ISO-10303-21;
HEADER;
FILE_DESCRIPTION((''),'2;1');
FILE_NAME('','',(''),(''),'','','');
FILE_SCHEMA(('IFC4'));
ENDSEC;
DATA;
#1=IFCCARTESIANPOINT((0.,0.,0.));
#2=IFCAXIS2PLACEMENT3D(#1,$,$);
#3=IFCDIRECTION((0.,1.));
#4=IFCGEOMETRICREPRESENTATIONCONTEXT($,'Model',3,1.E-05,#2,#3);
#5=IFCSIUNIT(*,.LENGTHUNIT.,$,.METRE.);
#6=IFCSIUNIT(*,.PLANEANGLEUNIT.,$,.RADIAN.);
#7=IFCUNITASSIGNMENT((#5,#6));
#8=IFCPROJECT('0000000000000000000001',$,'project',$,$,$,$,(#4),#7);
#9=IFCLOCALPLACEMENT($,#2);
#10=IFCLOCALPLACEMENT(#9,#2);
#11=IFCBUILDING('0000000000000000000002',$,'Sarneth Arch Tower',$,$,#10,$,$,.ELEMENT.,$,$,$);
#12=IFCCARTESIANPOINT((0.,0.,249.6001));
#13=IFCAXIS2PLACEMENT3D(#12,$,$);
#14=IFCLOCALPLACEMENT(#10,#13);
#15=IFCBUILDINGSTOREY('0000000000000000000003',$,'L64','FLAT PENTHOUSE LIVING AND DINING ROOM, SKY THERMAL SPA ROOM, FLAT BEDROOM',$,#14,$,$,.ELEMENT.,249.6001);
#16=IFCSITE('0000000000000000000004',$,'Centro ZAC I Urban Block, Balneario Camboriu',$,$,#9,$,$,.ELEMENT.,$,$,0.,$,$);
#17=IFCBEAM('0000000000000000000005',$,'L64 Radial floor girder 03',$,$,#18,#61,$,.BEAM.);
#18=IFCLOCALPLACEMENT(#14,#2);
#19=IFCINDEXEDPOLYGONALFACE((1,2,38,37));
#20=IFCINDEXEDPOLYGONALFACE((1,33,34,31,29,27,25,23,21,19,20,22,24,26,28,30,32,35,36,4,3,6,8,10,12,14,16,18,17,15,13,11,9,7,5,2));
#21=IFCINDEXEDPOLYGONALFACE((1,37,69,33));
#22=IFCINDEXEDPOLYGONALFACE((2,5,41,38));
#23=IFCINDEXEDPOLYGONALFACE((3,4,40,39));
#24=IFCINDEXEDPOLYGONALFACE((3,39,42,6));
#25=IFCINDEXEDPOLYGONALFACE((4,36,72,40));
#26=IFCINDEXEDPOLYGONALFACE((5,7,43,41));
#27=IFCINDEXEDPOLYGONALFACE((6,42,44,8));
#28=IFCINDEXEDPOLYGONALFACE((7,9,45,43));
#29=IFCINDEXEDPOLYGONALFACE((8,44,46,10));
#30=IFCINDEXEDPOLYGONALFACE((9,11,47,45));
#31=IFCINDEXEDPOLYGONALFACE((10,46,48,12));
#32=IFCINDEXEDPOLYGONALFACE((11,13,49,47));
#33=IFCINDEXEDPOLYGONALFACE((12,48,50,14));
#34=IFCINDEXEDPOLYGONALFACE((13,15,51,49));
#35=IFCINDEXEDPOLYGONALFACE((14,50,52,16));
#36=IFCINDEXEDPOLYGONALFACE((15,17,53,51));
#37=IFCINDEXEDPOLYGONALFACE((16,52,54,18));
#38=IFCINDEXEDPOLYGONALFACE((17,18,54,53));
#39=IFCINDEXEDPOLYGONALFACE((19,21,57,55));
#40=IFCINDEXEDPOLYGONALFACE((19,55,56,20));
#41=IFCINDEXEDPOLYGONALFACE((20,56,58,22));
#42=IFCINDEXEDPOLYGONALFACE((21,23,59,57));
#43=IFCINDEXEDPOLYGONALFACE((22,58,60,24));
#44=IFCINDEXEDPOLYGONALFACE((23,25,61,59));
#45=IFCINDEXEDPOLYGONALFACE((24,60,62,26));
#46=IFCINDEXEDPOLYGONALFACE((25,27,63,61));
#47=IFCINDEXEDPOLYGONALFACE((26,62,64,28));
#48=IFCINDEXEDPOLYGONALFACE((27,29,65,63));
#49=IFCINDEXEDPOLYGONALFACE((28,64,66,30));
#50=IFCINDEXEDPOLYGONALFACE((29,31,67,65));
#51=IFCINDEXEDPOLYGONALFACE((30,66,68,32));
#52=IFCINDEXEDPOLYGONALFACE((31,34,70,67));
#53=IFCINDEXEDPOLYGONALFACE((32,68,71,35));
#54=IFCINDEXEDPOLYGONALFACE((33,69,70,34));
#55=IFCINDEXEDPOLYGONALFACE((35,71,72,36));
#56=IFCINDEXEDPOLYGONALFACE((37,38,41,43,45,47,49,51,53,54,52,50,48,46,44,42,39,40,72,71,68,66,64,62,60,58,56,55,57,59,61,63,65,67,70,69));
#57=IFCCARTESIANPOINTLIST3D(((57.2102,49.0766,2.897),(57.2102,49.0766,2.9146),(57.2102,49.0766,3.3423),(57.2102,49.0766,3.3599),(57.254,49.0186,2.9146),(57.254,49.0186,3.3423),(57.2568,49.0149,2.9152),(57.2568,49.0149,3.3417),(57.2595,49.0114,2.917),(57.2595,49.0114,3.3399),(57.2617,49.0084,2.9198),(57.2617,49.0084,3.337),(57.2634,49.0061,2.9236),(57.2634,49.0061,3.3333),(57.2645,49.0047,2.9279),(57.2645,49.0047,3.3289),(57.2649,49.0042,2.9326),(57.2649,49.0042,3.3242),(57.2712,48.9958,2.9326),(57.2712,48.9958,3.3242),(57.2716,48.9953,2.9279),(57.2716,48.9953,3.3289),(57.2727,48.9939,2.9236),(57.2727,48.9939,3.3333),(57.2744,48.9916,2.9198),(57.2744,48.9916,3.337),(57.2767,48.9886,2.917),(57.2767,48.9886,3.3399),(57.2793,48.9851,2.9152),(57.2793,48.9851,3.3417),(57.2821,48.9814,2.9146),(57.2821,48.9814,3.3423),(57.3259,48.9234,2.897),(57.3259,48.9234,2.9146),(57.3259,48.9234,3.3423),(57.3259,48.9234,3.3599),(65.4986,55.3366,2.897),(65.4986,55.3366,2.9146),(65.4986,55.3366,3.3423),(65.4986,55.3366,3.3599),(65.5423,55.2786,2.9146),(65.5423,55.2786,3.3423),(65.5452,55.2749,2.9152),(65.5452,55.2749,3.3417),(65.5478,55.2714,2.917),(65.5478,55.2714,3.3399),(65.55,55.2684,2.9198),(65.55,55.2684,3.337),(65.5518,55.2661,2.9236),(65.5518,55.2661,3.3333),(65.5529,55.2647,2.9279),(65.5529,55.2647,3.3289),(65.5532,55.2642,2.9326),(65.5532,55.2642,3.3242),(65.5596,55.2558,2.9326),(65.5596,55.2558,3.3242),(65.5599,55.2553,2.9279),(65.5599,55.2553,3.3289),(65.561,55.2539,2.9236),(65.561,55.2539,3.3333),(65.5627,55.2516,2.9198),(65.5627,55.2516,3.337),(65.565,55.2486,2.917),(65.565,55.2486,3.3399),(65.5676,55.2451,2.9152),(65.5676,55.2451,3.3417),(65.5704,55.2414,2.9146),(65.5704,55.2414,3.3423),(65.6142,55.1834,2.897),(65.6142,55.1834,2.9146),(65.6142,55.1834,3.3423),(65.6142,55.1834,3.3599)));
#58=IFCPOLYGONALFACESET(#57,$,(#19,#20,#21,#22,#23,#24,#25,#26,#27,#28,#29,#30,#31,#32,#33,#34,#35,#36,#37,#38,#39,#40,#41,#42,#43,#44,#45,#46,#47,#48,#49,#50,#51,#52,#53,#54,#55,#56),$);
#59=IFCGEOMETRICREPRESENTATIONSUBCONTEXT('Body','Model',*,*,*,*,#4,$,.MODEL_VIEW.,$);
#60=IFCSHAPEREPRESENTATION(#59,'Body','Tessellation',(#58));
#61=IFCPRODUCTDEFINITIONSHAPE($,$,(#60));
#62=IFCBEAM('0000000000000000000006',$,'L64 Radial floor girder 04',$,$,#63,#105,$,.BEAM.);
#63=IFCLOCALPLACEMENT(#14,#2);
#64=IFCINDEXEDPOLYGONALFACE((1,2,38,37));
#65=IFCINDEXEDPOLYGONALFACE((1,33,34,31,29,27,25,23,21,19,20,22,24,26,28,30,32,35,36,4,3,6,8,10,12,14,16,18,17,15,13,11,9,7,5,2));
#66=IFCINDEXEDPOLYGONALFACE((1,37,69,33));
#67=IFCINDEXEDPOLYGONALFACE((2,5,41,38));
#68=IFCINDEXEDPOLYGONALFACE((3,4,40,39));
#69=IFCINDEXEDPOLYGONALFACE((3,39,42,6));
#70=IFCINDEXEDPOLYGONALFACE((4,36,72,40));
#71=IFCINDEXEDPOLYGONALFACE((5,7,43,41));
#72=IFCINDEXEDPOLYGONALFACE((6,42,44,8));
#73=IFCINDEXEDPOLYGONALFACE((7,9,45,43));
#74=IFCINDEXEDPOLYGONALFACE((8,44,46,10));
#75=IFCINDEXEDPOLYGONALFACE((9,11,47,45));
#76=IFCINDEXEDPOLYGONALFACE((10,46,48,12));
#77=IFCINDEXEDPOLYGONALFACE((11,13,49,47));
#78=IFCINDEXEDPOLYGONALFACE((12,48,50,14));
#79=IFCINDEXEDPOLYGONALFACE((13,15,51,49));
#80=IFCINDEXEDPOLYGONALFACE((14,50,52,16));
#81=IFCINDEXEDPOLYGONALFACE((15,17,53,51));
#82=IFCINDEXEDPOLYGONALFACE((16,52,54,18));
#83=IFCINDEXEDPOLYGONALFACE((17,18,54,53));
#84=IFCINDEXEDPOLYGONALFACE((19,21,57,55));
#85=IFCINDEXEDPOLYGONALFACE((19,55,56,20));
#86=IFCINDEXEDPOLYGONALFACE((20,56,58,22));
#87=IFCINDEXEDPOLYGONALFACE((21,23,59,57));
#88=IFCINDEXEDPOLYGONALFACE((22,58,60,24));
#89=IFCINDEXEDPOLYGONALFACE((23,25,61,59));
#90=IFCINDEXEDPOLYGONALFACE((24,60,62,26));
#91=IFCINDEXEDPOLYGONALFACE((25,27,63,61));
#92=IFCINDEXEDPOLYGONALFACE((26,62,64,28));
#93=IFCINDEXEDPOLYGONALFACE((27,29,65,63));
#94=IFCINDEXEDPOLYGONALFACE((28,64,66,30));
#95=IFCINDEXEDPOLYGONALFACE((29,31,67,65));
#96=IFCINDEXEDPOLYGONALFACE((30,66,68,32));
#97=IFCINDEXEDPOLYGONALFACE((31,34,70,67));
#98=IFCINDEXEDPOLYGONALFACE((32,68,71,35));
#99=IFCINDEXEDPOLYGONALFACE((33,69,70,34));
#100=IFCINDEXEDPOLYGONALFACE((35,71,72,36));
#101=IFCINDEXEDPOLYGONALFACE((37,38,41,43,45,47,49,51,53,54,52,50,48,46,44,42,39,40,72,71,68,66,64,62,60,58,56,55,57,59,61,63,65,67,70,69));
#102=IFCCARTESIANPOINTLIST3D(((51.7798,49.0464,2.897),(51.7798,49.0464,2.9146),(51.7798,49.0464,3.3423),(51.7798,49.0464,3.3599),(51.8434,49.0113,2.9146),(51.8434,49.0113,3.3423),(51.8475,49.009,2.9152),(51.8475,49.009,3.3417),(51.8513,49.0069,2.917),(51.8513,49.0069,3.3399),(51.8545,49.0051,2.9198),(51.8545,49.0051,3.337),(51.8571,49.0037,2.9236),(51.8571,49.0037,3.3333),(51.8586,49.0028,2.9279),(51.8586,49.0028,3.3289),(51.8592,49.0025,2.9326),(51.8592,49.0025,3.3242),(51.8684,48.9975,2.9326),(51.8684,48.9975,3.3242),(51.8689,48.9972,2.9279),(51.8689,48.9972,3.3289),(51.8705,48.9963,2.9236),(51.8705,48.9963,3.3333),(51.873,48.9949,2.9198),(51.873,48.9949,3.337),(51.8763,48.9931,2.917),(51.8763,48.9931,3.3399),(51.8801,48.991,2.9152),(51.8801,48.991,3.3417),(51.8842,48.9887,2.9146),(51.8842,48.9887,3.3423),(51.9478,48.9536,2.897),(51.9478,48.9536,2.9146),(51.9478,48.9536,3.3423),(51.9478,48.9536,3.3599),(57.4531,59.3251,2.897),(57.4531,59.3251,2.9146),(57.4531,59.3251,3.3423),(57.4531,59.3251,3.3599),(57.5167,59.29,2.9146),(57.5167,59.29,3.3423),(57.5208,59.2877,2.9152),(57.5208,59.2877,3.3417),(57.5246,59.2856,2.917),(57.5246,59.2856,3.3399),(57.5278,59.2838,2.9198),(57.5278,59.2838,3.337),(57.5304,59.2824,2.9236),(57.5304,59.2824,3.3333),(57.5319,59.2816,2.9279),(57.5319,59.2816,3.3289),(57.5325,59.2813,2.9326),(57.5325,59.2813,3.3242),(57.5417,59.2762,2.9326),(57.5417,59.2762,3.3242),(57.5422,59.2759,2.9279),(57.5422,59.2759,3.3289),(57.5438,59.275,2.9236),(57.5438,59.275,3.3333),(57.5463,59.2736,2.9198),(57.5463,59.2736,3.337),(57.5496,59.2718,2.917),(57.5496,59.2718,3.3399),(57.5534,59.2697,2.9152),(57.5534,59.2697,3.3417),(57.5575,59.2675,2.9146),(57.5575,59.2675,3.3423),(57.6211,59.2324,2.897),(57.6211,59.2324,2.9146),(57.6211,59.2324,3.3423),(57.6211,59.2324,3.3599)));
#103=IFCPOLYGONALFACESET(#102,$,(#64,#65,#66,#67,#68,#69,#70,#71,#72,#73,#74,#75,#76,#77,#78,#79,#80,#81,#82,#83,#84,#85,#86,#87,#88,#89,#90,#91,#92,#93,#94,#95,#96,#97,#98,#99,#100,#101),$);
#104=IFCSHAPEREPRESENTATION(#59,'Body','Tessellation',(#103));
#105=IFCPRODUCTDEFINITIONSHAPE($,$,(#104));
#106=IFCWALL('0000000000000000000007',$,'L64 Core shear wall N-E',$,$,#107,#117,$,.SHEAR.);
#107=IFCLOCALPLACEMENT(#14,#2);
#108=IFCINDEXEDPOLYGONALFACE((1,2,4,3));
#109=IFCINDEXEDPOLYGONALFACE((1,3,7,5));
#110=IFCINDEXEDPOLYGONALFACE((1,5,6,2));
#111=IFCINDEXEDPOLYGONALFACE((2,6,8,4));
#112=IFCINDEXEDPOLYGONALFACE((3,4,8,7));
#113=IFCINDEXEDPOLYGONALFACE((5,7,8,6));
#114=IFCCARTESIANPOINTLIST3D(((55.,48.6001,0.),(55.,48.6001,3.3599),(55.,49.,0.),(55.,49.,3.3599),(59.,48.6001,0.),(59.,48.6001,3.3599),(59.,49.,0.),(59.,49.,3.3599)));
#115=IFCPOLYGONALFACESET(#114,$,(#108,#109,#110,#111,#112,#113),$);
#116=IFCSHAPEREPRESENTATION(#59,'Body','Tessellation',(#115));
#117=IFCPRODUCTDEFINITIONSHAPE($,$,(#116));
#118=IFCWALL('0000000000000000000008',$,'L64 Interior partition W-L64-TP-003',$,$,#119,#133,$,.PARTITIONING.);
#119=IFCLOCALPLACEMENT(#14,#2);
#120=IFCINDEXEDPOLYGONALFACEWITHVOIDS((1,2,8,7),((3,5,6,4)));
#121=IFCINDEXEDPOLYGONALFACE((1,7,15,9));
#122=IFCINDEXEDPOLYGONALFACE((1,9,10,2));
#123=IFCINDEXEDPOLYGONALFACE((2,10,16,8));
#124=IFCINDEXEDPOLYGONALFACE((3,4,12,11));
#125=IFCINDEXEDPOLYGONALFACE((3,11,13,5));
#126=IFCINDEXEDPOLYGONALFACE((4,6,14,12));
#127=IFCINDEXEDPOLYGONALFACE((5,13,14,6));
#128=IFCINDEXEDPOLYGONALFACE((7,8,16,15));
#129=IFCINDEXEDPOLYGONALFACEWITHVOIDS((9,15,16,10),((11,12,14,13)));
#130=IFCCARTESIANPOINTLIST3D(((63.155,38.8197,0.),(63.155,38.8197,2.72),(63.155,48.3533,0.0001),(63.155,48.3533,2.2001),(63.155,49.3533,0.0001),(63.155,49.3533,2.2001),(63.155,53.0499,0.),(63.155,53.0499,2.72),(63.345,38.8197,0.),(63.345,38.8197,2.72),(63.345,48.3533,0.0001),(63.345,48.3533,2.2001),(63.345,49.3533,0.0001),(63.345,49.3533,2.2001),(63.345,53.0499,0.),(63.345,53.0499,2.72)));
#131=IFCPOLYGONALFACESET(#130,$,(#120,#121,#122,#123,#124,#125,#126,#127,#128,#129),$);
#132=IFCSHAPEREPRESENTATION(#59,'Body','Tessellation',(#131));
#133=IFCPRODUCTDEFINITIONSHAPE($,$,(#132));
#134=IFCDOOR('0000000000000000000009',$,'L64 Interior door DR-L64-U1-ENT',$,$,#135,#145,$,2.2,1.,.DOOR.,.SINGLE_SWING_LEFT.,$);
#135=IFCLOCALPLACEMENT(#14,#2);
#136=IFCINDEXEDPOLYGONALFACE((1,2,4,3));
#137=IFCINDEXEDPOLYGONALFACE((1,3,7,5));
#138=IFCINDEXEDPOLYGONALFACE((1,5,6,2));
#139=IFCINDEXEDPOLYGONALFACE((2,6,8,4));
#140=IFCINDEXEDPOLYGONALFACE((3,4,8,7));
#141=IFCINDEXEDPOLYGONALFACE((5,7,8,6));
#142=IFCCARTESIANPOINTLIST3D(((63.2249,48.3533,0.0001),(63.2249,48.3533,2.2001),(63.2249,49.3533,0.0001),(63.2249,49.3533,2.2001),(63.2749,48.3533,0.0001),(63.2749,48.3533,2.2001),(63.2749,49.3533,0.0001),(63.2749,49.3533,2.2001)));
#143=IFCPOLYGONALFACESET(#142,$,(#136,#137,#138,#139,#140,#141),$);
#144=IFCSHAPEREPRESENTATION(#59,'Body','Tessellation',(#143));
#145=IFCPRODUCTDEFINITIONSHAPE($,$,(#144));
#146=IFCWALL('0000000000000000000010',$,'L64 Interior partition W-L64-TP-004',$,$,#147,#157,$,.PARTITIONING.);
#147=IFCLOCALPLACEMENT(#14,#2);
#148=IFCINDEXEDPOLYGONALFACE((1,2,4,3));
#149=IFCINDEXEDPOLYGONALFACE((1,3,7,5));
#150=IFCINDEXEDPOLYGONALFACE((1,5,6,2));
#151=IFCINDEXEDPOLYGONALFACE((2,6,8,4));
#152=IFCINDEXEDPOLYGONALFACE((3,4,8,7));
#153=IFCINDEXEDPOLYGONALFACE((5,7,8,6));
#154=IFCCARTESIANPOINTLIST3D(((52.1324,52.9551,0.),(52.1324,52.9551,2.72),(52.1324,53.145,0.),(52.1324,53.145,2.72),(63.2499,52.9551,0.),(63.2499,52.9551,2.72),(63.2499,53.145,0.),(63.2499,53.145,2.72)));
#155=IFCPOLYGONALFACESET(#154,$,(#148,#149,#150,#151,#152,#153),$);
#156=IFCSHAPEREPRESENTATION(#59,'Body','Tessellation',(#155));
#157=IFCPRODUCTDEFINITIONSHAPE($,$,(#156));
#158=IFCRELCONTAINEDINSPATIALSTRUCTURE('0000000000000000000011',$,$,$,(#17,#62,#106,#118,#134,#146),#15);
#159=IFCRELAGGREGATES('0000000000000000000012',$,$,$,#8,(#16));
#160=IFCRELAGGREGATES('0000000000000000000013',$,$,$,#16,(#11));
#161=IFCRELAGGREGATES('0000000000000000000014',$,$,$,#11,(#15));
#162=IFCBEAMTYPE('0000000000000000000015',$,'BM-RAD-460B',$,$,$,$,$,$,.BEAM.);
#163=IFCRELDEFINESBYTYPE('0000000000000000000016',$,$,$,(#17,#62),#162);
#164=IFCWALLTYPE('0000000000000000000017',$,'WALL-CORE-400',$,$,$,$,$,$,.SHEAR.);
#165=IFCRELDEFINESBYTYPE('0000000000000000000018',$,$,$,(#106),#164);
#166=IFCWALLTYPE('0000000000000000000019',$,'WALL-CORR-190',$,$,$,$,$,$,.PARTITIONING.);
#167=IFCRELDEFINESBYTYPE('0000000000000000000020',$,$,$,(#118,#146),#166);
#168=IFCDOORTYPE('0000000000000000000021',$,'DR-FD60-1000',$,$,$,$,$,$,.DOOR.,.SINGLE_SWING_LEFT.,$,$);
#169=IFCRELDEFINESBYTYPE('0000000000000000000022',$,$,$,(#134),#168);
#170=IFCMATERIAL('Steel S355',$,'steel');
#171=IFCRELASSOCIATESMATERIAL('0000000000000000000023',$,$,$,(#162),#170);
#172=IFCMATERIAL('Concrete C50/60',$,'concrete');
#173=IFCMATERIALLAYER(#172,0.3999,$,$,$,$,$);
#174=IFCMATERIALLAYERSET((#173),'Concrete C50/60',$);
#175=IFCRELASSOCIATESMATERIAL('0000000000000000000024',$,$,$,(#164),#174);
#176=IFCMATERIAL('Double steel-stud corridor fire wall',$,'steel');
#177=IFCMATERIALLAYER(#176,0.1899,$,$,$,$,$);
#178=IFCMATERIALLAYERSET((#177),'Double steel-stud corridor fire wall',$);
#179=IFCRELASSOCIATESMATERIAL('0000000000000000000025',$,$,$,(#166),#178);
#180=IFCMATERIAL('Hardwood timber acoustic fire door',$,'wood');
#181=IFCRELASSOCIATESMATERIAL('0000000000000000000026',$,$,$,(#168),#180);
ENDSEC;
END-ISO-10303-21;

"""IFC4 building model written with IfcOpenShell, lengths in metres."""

from ifc_helpers import new_model, si_unit, direction, frame, frame_2d, origin, origin_2d, place, context, subcontext, project, spatial, rectangle, i_section, extrude, material, layer, layer_set, material_profile, profile_set, type_object, element, fill, save


model = new_model("IFC4")

# Units and contexts
model_context = context("Model", 3, precision=1e-05, world=origin(), true_north=direction((0.0, 1.0)))
body_context = subcontext(model_context, "Body", "Model", "MODEL_VIEW")
ifc_project = project(units=[si_unit("LENGTHUNIT", "METRE"), si_unit("PLANEANGLEUNIT", "RADIAN")], contexts=[model_context])

# Site, building, storey
site_placement = place(None, origin())
site = spatial("IfcSite", under=ifc_project, at=site_placement, Name="Centro ZAC I Urban Block, Balneario Camboriu", CompositionType="ELEMENT", RefElevation=0.0)
building_placement = place(site_placement, origin())
building = spatial("IfcBuilding", under=site, at=building_placement, Name="Sarneth Arch Tower", CompositionType="ELEMENT")
storey_placement = place(building_placement, frame((0.0, 0.0, 249.6001)))
storey = spatial("IfcBuildingStorey", under=building, at=storey_placement, Name="L64", Description="FLAT PENTHOUSE LIVING AND DINING ROOM, SKY THERMAL SPA ROOM, FLAT BEDROOM", CompositionType="ELEMENT", Elevation=249.6001)

# Beams
ifc_material_1 = material(Name="Steel S355", Category="steel")
ifc_material_profile_1 = material_profile(ifc_material_1, i_section(OverallWidth=0.1919, OverallDepth=0.4629, WebThickness=0.0105, FlangeThickness=0.0176, FilletRadius=0.0181, at=origin_2d()), Name="W460x89")
ifc_profile_set_1 = profile_set([ifc_material_profile_1], Name="Steel S355")
beam_type_1 = type_object("IfcBeamType", Name="BM-RAD-460B", PredefinedType="BEAM", material=ifc_profile_set_1)
beam_1_placement = place(storey_placement, frame((57.2681, 49.0, 3.1284), z_axis=(0.797973, 0.602693, 0.0), x_axis=(-0.602693, 0.797973, 0.0)))
element("IfcBeam", 1, at=beam_1_placement, inside=storey, type_object=beam_type_1, Name="L64 Radial floor girder 03", PredefinedType="BEAM", context=body_context, shape_type="SweptSolid", body=[
    extrude(i_section(OverallWidth=0.1919, OverallDepth=0.4629, WebThickness=0.0105, FlangeThickness=0.0176, FilletRadius=0.0181, at=origin_2d()), origin(), (0.0, 0.0, 1.0), 10.3867),
])
beam_2_placement = place(storey_placement, frame((51.8638, 49.0, 3.1284), z_axis=(0.483226, 0.875496, 0.0), x_axis=(-0.875496, 0.483226, 0.0)))
element("IfcBeam", 2, at=beam_2_placement, inside=storey, type_object=beam_type_1, Name="L64 Radial floor girder 04", PredefinedType="BEAM", context=body_context, shape_type="SweptSolid", body=[
    extrude(i_section(OverallWidth=0.1919, OverallDepth=0.4629, WebThickness=0.0105, FlangeThickness=0.0176, FilletRadius=0.0181, at=origin_2d()), origin(), (0.0, 0.0, 1.0), 11.7405),
])

# Wall
ifc_material_2 = material(Name="Concrete C50/60", Category="concrete")
ifc_layer_1 = layer(ifc_material_2, 0.3999)
ifc_layer_set_1 = layer_set([ifc_layer_1], Name="Concrete C50/60")
wall_type_1 = type_object("IfcWallType", Name="WALL-CORE-400", PredefinedType="SHEAR", material=ifc_layer_set_1)
wall_1_placement = place(storey_placement, frame((55.0, 48.8, 0.0), z_axis=(0.0, 0.0, 1.0), x_axis=(1.0, 0.0, 0.0)))
element("IfcWall", 3, at=wall_1_placement, inside=storey, type_object=wall_type_1, Name="L64 Core shear wall N-E", PredefinedType="SHEAR", context=body_context, shape_type="SweptSolid", body=[
    extrude(rectangle(XDim=4.0, YDim=0.3999, at=frame_2d((2.0, 0.0))), origin(), (0.0, 0.0, 1.0), 3.3599),
])

# Wall, opening, door
ifc_material_3 = material(Name="Double steel-stud corridor fire wall", Category="steel")
ifc_layer_2 = layer(ifc_material_3, 0.1899)
ifc_layer_set_2 = layer_set([ifc_layer_2], Name="Double steel-stud corridor fire wall")
wall_type_2 = type_object("IfcWallType", Name="WALL-CORR-190", PredefinedType="PARTITIONING", material=ifc_layer_set_2)
wall_2_placement = place(storey_placement, frame((63.25, 53.05, 0.0), z_axis=(0.0, 0.0, 1.0), x_axis=(0.0, -1.0, 0.0)))
wall_2 = element("IfcWall", 4, at=wall_2_placement, inside=storey, type_object=wall_type_2, Name="L64 Interior partition W-L64-TP-003", PredefinedType="PARTITIONING", context=body_context, shape_type="SweptSolid", body=[
    extrude(rectangle(XDim=14.2302, YDim=0.1899, at=frame_2d((7.1152, 0.0))), origin(), (0.0, 0.0, 1.0), 2.72),
])
opening_1_placement = place(wall_2_placement, frame((3.6968, 0.0, 0.0)))
opening_1 = element("IfcOpeningElement", 5, at=opening_1_placement, cuts=wall_2, PredefinedType="OPENING", context=body_context, shape_type="SweptSolid", body=[
    extrude(rectangle(XDim=1.0, YDim=2.2, at=frame_2d((0.5, 1.1001))), frame((0.0, 0.105, 0.0), z_axis=(0.0, -1.0, 0.0), x_axis=(1.0, 0.0, 0.0)), (0.0, 0.0, 1.0), 0.21),
])
ifc_material_4 = material(Name="Hardwood timber acoustic fire door", Category="wood")
door_type_1 = type_object("IfcDoorType", Name="DR-FD60-1000", OperationType="SINGLE_SWING_LEFT", PredefinedType="DOOR", material=ifc_material_4)
door_1_placement = place(opening_1_placement, origin())
door_1 = element("IfcDoor", 6, at=door_1_placement, inside=storey, type_object=door_type_1, Name="L64 Interior door DR-L64-U1-ENT", OperationType="SINGLE_SWING_LEFT", OverallHeight=2.2, OverallWidth=1.0, PredefinedType="DOOR", context=body_context, shape_type="SweptSolid", body=[
    extrude(rectangle(XDim=1.0, YDim=2.2, at=frame_2d((0.5, 1.1001))), frame((0.0, 0.0249, 0.0), z_axis=(0.0, -1.0, 0.0), x_axis=(1.0, 0.0, 0.0)), (0.0, 0.0, 1.0), 0.05),
])
fill(opening_1, door_1)

# Wall
wall_3_placement = place(storey_placement, frame((52.1326, 53.05, 0.0), z_axis=(0.0, 0.0, 1.0), x_axis=(1.0, 0.0, 0.0)))
element("IfcWall", 7, at=wall_3_placement, inside=storey, type_object=wall_type_2, Name="L64 Interior partition W-L64-TP-004", PredefinedType="PARTITIONING", context=body_context, shape_type="SweptSolid", body=[
    extrude(rectangle(XDim=11.1174, YDim=0.1899, at=frame_2d((5.5586, 0.0))), origin(), (0.0, 0.0, 1.0), 2.72),
])

save(model, "model.ifc")
